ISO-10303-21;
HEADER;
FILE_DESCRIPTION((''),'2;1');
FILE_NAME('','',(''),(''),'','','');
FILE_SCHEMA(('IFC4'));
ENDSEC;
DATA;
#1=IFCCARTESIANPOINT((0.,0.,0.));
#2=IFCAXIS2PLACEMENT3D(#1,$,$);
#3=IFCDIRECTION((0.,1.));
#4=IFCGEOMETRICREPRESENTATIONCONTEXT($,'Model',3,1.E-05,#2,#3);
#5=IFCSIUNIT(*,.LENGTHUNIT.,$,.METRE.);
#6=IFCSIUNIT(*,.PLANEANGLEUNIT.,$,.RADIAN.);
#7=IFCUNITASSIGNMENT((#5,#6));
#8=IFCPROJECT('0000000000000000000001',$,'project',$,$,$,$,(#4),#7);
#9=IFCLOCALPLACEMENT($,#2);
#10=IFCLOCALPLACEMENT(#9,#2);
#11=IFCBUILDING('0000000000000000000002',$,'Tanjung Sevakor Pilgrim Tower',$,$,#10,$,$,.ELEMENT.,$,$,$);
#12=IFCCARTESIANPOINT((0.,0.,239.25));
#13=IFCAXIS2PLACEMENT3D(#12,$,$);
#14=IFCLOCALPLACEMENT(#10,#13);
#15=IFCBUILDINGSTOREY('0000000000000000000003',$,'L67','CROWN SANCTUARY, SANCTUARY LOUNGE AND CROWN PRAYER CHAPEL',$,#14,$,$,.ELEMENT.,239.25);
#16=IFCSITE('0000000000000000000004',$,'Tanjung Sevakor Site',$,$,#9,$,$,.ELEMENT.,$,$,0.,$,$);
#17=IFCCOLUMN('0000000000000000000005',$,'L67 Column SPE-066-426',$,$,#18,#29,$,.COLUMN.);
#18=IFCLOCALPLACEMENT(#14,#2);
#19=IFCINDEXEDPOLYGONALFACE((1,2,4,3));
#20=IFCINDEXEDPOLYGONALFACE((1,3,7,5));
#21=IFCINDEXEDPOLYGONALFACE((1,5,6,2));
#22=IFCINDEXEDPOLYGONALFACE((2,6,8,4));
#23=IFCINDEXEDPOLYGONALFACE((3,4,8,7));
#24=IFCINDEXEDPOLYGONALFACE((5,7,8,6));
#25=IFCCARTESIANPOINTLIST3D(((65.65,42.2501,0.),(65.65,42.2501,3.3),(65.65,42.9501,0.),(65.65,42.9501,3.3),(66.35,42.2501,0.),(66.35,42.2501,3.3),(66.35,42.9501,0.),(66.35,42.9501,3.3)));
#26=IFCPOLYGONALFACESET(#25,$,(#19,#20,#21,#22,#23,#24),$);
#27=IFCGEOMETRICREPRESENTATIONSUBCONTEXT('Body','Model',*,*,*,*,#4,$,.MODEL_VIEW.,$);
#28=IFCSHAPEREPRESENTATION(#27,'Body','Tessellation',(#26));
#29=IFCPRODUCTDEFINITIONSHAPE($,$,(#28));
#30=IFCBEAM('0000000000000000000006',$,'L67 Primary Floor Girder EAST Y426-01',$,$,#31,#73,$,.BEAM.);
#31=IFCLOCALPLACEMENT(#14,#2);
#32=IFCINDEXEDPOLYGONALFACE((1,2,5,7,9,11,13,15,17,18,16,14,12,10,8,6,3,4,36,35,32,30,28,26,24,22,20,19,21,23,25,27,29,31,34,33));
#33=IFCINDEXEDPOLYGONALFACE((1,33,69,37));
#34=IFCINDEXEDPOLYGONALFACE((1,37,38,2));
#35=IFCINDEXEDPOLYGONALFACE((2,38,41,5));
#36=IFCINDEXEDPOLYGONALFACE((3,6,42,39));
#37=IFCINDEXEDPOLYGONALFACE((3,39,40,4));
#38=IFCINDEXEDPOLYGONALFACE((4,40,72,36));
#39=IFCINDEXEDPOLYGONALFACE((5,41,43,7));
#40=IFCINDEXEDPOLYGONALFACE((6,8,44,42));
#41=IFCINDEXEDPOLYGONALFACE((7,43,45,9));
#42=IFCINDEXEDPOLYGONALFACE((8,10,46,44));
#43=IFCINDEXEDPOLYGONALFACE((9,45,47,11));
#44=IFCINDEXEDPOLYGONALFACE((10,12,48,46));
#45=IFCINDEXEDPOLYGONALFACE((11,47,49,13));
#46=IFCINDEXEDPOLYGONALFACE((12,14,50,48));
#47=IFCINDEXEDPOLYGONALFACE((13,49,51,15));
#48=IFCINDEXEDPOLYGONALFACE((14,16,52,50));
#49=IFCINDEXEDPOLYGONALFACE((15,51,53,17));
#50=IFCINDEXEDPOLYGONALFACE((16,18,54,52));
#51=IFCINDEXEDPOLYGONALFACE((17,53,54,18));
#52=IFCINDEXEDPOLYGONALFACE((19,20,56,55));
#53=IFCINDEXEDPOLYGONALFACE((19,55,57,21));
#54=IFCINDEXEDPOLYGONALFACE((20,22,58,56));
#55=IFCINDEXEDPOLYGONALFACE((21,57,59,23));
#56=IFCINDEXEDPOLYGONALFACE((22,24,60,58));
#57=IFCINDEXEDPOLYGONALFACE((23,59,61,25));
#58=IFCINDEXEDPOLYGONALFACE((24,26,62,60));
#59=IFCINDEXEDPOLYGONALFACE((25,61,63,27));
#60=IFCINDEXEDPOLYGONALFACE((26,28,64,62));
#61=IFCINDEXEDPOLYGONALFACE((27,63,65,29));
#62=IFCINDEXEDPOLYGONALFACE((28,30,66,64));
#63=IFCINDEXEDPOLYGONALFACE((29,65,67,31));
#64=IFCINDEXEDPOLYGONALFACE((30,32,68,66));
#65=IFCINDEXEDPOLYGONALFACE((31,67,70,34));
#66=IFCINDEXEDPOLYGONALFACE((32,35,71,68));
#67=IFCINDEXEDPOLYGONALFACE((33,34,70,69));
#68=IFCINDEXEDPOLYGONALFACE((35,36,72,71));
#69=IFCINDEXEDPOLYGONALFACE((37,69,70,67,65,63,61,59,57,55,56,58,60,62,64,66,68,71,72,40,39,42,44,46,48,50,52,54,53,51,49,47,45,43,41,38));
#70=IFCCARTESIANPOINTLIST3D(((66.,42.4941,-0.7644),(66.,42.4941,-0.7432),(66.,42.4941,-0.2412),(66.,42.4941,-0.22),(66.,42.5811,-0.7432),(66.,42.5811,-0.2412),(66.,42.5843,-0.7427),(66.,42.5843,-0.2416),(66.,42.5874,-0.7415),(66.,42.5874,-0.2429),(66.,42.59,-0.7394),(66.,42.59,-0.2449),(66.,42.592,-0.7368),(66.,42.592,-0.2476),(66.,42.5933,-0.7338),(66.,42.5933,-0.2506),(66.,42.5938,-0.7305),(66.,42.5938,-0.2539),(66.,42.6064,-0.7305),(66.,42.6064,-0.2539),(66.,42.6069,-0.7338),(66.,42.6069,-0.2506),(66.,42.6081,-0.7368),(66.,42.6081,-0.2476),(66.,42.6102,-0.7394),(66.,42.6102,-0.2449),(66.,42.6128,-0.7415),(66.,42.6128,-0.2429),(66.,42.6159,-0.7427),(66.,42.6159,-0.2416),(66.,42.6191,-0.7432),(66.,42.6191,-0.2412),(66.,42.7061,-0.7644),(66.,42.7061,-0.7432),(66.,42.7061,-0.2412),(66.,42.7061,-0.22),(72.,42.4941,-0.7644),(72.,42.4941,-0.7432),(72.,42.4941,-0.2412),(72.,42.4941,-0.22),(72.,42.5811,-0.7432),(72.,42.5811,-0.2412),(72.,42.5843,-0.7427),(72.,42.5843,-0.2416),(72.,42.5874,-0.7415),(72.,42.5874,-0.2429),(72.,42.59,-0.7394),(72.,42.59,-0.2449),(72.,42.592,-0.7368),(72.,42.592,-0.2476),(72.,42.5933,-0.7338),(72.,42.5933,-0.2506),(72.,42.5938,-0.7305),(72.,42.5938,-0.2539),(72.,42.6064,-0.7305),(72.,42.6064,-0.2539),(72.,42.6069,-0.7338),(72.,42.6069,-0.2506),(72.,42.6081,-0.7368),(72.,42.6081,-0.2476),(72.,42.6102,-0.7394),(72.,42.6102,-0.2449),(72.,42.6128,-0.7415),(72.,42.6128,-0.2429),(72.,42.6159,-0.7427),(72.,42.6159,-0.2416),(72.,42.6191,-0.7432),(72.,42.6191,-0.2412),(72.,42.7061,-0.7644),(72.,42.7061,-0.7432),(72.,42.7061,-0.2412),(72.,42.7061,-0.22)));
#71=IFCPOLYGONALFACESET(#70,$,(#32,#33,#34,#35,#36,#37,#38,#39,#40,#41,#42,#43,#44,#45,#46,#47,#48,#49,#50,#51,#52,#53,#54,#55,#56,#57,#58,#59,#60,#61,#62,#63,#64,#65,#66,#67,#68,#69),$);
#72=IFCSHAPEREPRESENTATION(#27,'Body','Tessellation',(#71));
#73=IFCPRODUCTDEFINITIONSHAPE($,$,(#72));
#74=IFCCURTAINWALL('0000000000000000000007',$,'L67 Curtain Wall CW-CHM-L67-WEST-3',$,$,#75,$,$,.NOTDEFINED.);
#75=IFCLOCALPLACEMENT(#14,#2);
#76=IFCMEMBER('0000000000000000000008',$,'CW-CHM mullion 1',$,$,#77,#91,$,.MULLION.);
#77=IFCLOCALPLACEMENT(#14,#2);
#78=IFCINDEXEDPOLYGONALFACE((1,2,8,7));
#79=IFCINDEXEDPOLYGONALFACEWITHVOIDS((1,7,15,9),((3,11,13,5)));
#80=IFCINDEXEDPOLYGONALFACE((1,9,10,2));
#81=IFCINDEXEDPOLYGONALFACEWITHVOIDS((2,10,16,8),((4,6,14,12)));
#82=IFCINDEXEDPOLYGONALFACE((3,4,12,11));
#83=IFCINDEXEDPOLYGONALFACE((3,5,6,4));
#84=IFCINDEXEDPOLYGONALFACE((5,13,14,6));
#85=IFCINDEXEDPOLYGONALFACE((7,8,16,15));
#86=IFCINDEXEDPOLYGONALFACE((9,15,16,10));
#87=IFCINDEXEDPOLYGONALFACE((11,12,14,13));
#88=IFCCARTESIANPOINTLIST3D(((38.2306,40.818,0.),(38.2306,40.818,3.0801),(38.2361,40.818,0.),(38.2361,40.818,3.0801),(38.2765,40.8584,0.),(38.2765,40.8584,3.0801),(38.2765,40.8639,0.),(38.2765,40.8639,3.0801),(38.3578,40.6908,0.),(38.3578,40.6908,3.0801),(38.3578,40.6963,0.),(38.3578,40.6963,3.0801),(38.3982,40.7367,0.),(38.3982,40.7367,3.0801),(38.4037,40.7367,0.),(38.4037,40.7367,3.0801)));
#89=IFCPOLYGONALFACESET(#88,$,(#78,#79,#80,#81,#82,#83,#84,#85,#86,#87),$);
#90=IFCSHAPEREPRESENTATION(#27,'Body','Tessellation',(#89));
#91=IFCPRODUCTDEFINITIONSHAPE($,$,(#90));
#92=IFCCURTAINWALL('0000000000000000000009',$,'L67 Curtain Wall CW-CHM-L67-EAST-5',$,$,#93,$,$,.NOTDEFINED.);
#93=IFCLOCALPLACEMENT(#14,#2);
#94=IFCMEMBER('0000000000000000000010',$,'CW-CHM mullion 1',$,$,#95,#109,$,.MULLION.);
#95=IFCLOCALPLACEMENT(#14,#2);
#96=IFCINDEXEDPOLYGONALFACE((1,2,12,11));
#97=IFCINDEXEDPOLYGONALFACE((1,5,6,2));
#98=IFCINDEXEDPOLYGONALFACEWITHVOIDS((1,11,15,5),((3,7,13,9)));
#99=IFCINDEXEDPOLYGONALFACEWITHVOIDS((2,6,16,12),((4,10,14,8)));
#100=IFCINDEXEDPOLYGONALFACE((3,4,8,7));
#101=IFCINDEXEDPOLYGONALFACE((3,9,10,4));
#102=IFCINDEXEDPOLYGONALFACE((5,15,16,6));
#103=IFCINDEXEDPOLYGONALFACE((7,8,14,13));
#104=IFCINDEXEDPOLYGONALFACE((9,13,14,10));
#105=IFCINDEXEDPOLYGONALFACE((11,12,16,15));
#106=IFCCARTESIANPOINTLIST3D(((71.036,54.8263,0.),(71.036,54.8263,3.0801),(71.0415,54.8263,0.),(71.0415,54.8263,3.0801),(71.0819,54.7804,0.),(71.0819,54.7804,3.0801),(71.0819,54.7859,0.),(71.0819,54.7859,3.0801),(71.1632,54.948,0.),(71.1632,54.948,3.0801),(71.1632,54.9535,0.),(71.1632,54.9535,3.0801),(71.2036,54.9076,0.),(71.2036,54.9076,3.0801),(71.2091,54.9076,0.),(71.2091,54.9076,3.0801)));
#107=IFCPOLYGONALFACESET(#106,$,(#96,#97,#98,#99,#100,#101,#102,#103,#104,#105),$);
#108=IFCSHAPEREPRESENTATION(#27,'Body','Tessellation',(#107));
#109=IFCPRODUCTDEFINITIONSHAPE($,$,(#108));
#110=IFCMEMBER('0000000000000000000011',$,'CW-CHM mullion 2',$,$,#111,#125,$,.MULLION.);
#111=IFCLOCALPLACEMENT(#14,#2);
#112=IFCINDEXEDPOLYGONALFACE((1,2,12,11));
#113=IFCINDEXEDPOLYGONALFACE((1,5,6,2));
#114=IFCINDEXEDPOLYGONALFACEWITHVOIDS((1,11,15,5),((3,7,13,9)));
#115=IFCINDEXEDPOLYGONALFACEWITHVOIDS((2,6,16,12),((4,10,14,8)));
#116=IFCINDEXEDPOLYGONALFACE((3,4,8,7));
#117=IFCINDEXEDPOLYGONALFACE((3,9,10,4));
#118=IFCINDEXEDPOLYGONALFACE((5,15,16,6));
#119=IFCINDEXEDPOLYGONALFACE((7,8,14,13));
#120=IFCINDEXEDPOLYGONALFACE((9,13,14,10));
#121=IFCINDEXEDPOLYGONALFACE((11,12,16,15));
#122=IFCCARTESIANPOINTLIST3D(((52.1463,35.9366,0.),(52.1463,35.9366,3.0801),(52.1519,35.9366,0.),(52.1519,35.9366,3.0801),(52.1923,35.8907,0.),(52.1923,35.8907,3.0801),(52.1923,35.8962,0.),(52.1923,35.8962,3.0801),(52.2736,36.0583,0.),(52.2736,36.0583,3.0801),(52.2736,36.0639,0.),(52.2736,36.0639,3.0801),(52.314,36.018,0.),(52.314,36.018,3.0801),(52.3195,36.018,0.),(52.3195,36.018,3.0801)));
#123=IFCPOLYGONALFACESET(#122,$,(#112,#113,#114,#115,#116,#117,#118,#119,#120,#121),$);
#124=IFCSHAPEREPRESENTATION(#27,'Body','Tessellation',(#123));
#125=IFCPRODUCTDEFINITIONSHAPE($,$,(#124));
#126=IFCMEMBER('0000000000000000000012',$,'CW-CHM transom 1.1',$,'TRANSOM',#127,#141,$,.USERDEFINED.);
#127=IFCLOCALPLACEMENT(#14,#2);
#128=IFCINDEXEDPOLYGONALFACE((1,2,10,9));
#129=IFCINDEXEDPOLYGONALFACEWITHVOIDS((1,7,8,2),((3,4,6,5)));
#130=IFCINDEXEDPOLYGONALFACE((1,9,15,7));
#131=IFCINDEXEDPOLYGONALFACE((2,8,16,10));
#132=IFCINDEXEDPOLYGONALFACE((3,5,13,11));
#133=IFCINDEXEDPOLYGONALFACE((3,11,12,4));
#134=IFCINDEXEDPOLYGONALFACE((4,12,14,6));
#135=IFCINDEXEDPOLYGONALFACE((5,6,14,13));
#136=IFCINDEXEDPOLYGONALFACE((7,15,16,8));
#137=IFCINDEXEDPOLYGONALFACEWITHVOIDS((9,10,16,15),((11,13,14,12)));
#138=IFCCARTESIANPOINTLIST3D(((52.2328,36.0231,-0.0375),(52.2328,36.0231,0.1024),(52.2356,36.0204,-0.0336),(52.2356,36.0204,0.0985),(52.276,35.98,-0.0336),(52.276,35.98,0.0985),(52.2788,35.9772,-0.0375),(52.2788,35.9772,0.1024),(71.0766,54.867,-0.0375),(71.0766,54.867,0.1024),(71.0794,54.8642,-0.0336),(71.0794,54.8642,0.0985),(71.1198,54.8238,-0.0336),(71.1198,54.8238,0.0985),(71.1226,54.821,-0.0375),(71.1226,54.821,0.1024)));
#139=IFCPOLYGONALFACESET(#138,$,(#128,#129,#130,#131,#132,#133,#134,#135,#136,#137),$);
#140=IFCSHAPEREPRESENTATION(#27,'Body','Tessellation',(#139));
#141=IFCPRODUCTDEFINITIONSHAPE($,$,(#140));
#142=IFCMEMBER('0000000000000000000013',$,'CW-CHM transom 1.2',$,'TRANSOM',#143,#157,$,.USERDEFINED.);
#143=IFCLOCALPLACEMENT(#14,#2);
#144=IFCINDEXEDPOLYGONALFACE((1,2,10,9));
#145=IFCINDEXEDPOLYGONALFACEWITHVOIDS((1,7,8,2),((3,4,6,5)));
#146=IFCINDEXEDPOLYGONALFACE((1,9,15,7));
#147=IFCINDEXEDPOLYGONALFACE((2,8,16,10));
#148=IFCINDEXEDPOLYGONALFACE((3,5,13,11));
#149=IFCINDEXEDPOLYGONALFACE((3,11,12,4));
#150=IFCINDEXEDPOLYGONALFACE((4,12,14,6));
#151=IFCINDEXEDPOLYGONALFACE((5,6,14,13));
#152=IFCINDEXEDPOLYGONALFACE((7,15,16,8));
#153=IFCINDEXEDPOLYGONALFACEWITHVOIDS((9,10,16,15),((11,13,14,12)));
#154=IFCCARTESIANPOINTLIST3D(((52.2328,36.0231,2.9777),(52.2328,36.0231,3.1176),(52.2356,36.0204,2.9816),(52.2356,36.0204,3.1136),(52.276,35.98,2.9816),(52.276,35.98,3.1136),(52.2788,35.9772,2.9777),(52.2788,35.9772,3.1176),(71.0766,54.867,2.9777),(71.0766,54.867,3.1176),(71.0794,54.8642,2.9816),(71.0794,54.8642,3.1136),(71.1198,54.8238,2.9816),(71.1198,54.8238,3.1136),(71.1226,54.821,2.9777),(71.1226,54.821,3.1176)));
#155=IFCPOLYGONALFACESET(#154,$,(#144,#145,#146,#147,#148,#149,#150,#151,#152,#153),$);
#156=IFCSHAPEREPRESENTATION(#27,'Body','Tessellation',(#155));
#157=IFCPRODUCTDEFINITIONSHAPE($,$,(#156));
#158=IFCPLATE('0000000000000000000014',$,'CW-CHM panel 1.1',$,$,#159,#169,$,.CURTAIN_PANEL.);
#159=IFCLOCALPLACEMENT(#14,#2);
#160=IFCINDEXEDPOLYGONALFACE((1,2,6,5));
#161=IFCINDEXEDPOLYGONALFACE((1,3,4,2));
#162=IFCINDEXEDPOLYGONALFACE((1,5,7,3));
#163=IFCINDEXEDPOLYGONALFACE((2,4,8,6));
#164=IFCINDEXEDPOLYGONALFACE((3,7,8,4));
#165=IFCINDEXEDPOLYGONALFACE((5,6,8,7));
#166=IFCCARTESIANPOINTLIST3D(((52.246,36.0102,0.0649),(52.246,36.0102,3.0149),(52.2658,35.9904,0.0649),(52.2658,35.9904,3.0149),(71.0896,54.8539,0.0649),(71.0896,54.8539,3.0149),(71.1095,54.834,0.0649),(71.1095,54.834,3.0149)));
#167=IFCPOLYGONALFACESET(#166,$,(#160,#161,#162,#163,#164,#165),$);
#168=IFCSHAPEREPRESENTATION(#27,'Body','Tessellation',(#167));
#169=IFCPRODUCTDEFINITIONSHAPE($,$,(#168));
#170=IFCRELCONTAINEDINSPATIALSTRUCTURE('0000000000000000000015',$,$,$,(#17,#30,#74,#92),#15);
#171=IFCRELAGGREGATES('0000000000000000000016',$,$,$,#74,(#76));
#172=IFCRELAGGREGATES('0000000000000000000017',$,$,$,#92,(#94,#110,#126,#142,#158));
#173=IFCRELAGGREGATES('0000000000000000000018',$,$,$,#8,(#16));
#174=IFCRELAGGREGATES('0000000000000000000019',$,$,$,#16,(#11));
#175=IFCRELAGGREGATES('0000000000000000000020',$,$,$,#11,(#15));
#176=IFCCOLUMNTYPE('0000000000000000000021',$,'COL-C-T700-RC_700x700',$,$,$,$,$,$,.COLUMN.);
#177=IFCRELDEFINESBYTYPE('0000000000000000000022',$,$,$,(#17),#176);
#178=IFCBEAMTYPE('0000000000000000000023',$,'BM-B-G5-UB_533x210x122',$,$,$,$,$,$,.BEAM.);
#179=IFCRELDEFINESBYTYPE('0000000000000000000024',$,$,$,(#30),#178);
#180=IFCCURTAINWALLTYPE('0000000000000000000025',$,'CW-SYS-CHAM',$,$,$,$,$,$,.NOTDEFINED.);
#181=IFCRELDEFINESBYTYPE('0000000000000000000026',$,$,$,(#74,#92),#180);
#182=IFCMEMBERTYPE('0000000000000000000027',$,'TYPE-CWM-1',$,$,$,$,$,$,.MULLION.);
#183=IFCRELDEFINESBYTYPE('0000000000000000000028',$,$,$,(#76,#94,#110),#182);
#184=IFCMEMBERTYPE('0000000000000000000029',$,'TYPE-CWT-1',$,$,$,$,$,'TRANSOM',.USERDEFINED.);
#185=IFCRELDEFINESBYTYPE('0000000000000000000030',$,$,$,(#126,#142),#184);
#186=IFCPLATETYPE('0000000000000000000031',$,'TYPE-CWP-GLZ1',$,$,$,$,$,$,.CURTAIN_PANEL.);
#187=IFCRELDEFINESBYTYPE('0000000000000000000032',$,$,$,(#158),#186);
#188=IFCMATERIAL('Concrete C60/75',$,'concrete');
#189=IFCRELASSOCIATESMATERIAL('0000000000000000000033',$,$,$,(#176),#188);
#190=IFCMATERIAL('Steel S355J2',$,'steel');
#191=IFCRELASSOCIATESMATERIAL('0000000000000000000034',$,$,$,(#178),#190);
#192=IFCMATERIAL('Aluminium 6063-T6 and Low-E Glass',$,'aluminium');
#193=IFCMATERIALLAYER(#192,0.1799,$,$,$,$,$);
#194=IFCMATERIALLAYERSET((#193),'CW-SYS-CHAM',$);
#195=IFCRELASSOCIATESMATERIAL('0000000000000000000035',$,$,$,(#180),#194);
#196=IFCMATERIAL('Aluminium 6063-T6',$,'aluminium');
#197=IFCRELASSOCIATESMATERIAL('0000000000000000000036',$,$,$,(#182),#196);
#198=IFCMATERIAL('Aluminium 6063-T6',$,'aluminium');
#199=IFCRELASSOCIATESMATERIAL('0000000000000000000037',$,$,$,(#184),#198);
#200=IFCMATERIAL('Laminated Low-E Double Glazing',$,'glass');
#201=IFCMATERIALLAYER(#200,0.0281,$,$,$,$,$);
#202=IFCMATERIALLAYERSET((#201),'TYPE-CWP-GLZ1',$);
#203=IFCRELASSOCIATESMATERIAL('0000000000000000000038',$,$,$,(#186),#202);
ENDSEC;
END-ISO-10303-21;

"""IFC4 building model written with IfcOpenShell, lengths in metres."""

from ifc_helpers import new_model, si_unit, direction, frame, origin, origin_2d, place, context, subcontext, project, spatial, rectangle, hollow_rectangle, i_section, extrude, material, layer, layer_set, material_profile, profile_set, type_object, element, aggregate, save


model = new_model("IFC4")

# Units and contexts
model_context = context("Model", 3, precision=1e-05, world=origin(), true_north=direction((0.0, 1.0)))
body_context = subcontext(model_context, "Body", "Model", "MODEL_VIEW")
ifc_project = project(units=[si_unit("LENGTHUNIT", "METRE"), si_unit("PLANEANGLEUNIT", "RADIAN")], contexts=[model_context])

# Site, building, storey
site_placement = place(None, origin())
site = spatial("IfcSite", under=ifc_project, at=site_placement, Name="Tanjung Sevakor Site", CompositionType="ELEMENT", RefElevation=0.0)
building_placement = place(site_placement, origin())
building = spatial("IfcBuilding", under=site, at=building_placement, Name="Tanjung Sevakor Pilgrim Tower", CompositionType="ELEMENT")
storey_placement = place(building_placement, frame((0.0, 0.0, 239.25)))
storey = spatial("IfcBuildingStorey", under=building, at=storey_placement, Name="L67", Description="CROWN SANCTUARY, SANCTUARY LOUNGE AND CROWN PRAYER CHAPEL", CompositionType="ELEMENT", Elevation=239.25)

# Column
ifc_material_1 = material(Name="Concrete C60/75", Category="concrete")
ifc_material_profile_1 = material_profile(ifc_material_1, rectangle(XDim=0.7, YDim=0.7, at=origin_2d()))
ifc_profile_set_1 = profile_set([ifc_material_profile_1], Name="Concrete C60/75")
column_type = type_object("IfcColumnType", Name="COL-C-T700-RC_700x700", PredefinedType="COLUMN", material=ifc_profile_set_1)
column_placement = place(storey_placement, frame((66.0, 42.6001, 0.0), z_axis=(0.0, 0.0, 1.0), x_axis=(1.0, 0.0, 0.0)))
element("IfcColumn", 1, at=column_placement, inside=storey, type_object=column_type, Name="L67 Column SPE-066-426", PredefinedType="COLUMN", context=body_context, shape_type="SweptSolid", body=[
    extrude(rectangle(XDim=0.7, YDim=0.7, at=origin_2d()), origin(), (0.0, 0.0, 1.0), 3.3),
])

# Beam
ifc_material_2 = material(Name="Steel S355J2", Category="steel")
ifc_material_profile_2 = material_profile(ifc_material_2, i_section(OverallWidth=0.2119, OverallDepth=0.5444, WebThickness=0.0127, FlangeThickness=0.0212, FilletRadius=0.0127, at=origin_2d()))
ifc_profile_set_2 = profile_set([ifc_material_profile_2], Name="Steel S355J2")
beam_type = type_object("IfcBeamType", Name="BM-B-G5-UB_533x210x122", PredefinedType="BEAM", material=ifc_profile_set_2)
beam_placement = place(storey_placement, frame((66.0, 42.6001, -0.4922), z_axis=(1.0, 0.0, 0.0), x_axis=(0.0, 1.0, 0.0)))
element("IfcBeam", 2, at=beam_placement, inside=storey, type_object=beam_type, Name="L67 Primary Floor Girder EAST Y426-01", PredefinedType="BEAM", context=body_context, shape_type="SweptSolid", body=[
    extrude(i_section(OverallWidth=0.2119, OverallDepth=0.5444, WebThickness=0.0127, FlangeThickness=0.0212, FilletRadius=0.0127, at=origin_2d()), origin(), (0.0, 0.0, 1.0), 6.0),
])

# Curtain wall, member
ifc_material_3 = material(Name="Aluminium 6063-T6 and Low-E Glass", Category="aluminium")
ifc_layer_1 = layer(ifc_material_3, 0.1799)
ifc_layer_set_1 = layer_set([ifc_layer_1], Name="CW-SYS-CHAM")
curtain_wall_type = type_object("IfcCurtainWallType", Name="CW-SYS-CHAM", PredefinedType="NOTDEFINED", material=ifc_layer_set_1)
curtain_wall_1_placement = place(storey_placement, origin())
curtain_wall_1 = element("IfcCurtainWall", 3, at=curtain_wall_1_placement, inside=storey, type_object=curtain_wall_type, Name="L67 Curtain Wall CW-CHM-L67-WEST-3", PredefinedType="NOTDEFINED")
ifc_material_4 = material(Name="Aluminium 6063-T6", Category="aluminium")
ifc_material_profile_3 = material_profile(ifc_material_4, hollow_rectangle(XDim=0.0649, YDim=0.1799, WallThickness=0.0039, at=origin_2d()))
ifc_profile_set_3 = profile_set([ifc_material_profile_3], Name="Aluminium 6063-T6")
member_type_1 = type_object("IfcMemberType", Name="TYPE-CWM-1", PredefinedType="MULLION", material=ifc_profile_set_3)
member_1_placement = place(storey_placement, frame((38.3171, 40.7773, 0.0), z_axis=(0.0, 0.0, 1.0), x_axis=(-0.707107, -0.707107, 0.0)))
member_1 = element("IfcMember", 4, at=member_1_placement, type_object=member_type_1, Name="CW-CHM mullion 1", PredefinedType="MULLION", context=body_context, shape_type="SweptSolid", body=[
    extrude(hollow_rectangle(XDim=0.0649, YDim=0.1799, WallThickness=0.0039, at=origin_2d()), origin(), (0.0, 0.0, 1.0), 3.0801),
])
aggregate(curtain_wall_1, [member_1])

# Curtain wall, members, plate
curtain_wall_2_placement = place(storey_placement, origin())
curtain_wall_2 = element("IfcCurtainWall", 5, at=curtain_wall_2_placement, inside=storey, type_object=curtain_wall_type, Name="L67 Curtain Wall CW-CHM-L67-EAST-5", PredefinedType="NOTDEFINED")
member_2_placement = place(storey_placement, frame((71.1226, 54.8669, 0.0), z_axis=(0.0, 0.0, 1.0), x_axis=(0.707107, -0.707107, 0.0)))
member_2 = element("IfcMember", 6, at=member_2_placement, type_object=member_type_1, Name="CW-CHM mullion 1", PredefinedType="MULLION", context=body_context, shape_type="SweptSolid", body=[
    extrude(hollow_rectangle(XDim=0.0649, YDim=0.1799, WallThickness=0.0039, at=origin_2d()), origin(), (0.0, 0.0, 1.0), 3.0801),
])
member_3_placement = place(storey_placement, frame((52.2329, 35.9773, 0.0), z_axis=(0.0, 0.0, 1.0), x_axis=(0.707107, -0.707107, 0.0)))
member_3 = element("IfcMember", 7, at=member_3_placement, type_object=member_type_1, Name="CW-CHM mullion 2", PredefinedType="MULLION", context=body_context, shape_type="SweptSolid", body=[
    extrude(hollow_rectangle(XDim=0.0649, YDim=0.1799, WallThickness=0.0039, at=origin_2d()), origin(), (0.0, 0.0, 1.0), 3.0801),
])
ifc_material_5 = material(Name="Aluminium 6063-T6", Category="aluminium")
ifc_material_profile_4 = material_profile(ifc_material_5, hollow_rectangle(XDim=0.0649, YDim=0.1399, WallThickness=0.0039, at=origin_2d()))
ifc_profile_set_4 = profile_set([ifc_material_profile_4], Name="Aluminium 6063-T6")
member_type_2 = type_object("IfcMemberType", Name="TYPE-CWT-1", ElementType="TRANSOM", PredefinedType="USERDEFINED", material=ifc_profile_set_4)
member_4_placement = place(storey_placement, frame((71.0996, 54.844, 0.0325), z_axis=(-0.707107, -0.707107, 0.0), x_axis=(0.707107, -0.707107, 0.0)))
member_4 = element("IfcMember", 8, at=member_4_placement, type_object=member_type_2, Name="CW-CHM transom 1.1", ObjectType="TRANSOM", PredefinedType="USERDEFINED", context=body_context, shape_type="SweptSolid", body=[
    extrude(hollow_rectangle(XDim=0.0649, YDim=0.1399, WallThickness=0.0039, at=origin_2d()), origin(), (0.0, 0.0, 1.0), 26.6492),
])
member_5_placement = place(storey_placement, frame((71.0996, 54.844, 3.0476), z_axis=(-0.707107, -0.707107, 0.0), x_axis=(0.707107, -0.707107, 0.0)))
member_5 = element("IfcMember", 9, at=member_5_placement, type_object=member_type_2, Name="CW-CHM transom 1.2", ObjectType="TRANSOM", PredefinedType="USERDEFINED", context=body_context, shape_type="SweptSolid", body=[
    extrude(hollow_rectangle(XDim=0.0649, YDim=0.1399, WallThickness=0.0039, at=origin_2d()), origin(), (0.0, 0.0, 1.0), 26.6492),
])
ifc_material_6 = material(Name="Laminated Low-E Double Glazing", Category="glass")
ifc_layer_2 = layer(ifc_material_6, 0.0281)
ifc_layer_set_2 = layer_set([ifc_layer_2], Name="TYPE-CWP-GLZ1")
plate_type = type_object("IfcPlateType", Name="TYPE-CWP-GLZ1", PredefinedType="CURTAIN_PANEL", material=ifc_layer_set_2)
plate_placement = place(storey_placement, frame((61.6777, 45.4221, 0.0649), z_axis=(0.0, 0.0, 1.0), x_axis=(-0.707107, -0.707107, 0.0)))
plate = element("IfcPlate", 10, at=plate_placement, type_object=plate_type, Name="CW-CHM panel 1.1", PredefinedType="CURTAIN_PANEL", context=body_context, shape_type="SweptSolid", body=[
    extrude(rectangle(XDim=26.6489, YDim=0.0281, at=origin_2d()), origin(), (0.0, 0.0, 1.0), 2.95),
])
aggregate(curtain_wall_2, [member_2, member_3, member_4, member_5, plate])

save(model, "model.ifc")
